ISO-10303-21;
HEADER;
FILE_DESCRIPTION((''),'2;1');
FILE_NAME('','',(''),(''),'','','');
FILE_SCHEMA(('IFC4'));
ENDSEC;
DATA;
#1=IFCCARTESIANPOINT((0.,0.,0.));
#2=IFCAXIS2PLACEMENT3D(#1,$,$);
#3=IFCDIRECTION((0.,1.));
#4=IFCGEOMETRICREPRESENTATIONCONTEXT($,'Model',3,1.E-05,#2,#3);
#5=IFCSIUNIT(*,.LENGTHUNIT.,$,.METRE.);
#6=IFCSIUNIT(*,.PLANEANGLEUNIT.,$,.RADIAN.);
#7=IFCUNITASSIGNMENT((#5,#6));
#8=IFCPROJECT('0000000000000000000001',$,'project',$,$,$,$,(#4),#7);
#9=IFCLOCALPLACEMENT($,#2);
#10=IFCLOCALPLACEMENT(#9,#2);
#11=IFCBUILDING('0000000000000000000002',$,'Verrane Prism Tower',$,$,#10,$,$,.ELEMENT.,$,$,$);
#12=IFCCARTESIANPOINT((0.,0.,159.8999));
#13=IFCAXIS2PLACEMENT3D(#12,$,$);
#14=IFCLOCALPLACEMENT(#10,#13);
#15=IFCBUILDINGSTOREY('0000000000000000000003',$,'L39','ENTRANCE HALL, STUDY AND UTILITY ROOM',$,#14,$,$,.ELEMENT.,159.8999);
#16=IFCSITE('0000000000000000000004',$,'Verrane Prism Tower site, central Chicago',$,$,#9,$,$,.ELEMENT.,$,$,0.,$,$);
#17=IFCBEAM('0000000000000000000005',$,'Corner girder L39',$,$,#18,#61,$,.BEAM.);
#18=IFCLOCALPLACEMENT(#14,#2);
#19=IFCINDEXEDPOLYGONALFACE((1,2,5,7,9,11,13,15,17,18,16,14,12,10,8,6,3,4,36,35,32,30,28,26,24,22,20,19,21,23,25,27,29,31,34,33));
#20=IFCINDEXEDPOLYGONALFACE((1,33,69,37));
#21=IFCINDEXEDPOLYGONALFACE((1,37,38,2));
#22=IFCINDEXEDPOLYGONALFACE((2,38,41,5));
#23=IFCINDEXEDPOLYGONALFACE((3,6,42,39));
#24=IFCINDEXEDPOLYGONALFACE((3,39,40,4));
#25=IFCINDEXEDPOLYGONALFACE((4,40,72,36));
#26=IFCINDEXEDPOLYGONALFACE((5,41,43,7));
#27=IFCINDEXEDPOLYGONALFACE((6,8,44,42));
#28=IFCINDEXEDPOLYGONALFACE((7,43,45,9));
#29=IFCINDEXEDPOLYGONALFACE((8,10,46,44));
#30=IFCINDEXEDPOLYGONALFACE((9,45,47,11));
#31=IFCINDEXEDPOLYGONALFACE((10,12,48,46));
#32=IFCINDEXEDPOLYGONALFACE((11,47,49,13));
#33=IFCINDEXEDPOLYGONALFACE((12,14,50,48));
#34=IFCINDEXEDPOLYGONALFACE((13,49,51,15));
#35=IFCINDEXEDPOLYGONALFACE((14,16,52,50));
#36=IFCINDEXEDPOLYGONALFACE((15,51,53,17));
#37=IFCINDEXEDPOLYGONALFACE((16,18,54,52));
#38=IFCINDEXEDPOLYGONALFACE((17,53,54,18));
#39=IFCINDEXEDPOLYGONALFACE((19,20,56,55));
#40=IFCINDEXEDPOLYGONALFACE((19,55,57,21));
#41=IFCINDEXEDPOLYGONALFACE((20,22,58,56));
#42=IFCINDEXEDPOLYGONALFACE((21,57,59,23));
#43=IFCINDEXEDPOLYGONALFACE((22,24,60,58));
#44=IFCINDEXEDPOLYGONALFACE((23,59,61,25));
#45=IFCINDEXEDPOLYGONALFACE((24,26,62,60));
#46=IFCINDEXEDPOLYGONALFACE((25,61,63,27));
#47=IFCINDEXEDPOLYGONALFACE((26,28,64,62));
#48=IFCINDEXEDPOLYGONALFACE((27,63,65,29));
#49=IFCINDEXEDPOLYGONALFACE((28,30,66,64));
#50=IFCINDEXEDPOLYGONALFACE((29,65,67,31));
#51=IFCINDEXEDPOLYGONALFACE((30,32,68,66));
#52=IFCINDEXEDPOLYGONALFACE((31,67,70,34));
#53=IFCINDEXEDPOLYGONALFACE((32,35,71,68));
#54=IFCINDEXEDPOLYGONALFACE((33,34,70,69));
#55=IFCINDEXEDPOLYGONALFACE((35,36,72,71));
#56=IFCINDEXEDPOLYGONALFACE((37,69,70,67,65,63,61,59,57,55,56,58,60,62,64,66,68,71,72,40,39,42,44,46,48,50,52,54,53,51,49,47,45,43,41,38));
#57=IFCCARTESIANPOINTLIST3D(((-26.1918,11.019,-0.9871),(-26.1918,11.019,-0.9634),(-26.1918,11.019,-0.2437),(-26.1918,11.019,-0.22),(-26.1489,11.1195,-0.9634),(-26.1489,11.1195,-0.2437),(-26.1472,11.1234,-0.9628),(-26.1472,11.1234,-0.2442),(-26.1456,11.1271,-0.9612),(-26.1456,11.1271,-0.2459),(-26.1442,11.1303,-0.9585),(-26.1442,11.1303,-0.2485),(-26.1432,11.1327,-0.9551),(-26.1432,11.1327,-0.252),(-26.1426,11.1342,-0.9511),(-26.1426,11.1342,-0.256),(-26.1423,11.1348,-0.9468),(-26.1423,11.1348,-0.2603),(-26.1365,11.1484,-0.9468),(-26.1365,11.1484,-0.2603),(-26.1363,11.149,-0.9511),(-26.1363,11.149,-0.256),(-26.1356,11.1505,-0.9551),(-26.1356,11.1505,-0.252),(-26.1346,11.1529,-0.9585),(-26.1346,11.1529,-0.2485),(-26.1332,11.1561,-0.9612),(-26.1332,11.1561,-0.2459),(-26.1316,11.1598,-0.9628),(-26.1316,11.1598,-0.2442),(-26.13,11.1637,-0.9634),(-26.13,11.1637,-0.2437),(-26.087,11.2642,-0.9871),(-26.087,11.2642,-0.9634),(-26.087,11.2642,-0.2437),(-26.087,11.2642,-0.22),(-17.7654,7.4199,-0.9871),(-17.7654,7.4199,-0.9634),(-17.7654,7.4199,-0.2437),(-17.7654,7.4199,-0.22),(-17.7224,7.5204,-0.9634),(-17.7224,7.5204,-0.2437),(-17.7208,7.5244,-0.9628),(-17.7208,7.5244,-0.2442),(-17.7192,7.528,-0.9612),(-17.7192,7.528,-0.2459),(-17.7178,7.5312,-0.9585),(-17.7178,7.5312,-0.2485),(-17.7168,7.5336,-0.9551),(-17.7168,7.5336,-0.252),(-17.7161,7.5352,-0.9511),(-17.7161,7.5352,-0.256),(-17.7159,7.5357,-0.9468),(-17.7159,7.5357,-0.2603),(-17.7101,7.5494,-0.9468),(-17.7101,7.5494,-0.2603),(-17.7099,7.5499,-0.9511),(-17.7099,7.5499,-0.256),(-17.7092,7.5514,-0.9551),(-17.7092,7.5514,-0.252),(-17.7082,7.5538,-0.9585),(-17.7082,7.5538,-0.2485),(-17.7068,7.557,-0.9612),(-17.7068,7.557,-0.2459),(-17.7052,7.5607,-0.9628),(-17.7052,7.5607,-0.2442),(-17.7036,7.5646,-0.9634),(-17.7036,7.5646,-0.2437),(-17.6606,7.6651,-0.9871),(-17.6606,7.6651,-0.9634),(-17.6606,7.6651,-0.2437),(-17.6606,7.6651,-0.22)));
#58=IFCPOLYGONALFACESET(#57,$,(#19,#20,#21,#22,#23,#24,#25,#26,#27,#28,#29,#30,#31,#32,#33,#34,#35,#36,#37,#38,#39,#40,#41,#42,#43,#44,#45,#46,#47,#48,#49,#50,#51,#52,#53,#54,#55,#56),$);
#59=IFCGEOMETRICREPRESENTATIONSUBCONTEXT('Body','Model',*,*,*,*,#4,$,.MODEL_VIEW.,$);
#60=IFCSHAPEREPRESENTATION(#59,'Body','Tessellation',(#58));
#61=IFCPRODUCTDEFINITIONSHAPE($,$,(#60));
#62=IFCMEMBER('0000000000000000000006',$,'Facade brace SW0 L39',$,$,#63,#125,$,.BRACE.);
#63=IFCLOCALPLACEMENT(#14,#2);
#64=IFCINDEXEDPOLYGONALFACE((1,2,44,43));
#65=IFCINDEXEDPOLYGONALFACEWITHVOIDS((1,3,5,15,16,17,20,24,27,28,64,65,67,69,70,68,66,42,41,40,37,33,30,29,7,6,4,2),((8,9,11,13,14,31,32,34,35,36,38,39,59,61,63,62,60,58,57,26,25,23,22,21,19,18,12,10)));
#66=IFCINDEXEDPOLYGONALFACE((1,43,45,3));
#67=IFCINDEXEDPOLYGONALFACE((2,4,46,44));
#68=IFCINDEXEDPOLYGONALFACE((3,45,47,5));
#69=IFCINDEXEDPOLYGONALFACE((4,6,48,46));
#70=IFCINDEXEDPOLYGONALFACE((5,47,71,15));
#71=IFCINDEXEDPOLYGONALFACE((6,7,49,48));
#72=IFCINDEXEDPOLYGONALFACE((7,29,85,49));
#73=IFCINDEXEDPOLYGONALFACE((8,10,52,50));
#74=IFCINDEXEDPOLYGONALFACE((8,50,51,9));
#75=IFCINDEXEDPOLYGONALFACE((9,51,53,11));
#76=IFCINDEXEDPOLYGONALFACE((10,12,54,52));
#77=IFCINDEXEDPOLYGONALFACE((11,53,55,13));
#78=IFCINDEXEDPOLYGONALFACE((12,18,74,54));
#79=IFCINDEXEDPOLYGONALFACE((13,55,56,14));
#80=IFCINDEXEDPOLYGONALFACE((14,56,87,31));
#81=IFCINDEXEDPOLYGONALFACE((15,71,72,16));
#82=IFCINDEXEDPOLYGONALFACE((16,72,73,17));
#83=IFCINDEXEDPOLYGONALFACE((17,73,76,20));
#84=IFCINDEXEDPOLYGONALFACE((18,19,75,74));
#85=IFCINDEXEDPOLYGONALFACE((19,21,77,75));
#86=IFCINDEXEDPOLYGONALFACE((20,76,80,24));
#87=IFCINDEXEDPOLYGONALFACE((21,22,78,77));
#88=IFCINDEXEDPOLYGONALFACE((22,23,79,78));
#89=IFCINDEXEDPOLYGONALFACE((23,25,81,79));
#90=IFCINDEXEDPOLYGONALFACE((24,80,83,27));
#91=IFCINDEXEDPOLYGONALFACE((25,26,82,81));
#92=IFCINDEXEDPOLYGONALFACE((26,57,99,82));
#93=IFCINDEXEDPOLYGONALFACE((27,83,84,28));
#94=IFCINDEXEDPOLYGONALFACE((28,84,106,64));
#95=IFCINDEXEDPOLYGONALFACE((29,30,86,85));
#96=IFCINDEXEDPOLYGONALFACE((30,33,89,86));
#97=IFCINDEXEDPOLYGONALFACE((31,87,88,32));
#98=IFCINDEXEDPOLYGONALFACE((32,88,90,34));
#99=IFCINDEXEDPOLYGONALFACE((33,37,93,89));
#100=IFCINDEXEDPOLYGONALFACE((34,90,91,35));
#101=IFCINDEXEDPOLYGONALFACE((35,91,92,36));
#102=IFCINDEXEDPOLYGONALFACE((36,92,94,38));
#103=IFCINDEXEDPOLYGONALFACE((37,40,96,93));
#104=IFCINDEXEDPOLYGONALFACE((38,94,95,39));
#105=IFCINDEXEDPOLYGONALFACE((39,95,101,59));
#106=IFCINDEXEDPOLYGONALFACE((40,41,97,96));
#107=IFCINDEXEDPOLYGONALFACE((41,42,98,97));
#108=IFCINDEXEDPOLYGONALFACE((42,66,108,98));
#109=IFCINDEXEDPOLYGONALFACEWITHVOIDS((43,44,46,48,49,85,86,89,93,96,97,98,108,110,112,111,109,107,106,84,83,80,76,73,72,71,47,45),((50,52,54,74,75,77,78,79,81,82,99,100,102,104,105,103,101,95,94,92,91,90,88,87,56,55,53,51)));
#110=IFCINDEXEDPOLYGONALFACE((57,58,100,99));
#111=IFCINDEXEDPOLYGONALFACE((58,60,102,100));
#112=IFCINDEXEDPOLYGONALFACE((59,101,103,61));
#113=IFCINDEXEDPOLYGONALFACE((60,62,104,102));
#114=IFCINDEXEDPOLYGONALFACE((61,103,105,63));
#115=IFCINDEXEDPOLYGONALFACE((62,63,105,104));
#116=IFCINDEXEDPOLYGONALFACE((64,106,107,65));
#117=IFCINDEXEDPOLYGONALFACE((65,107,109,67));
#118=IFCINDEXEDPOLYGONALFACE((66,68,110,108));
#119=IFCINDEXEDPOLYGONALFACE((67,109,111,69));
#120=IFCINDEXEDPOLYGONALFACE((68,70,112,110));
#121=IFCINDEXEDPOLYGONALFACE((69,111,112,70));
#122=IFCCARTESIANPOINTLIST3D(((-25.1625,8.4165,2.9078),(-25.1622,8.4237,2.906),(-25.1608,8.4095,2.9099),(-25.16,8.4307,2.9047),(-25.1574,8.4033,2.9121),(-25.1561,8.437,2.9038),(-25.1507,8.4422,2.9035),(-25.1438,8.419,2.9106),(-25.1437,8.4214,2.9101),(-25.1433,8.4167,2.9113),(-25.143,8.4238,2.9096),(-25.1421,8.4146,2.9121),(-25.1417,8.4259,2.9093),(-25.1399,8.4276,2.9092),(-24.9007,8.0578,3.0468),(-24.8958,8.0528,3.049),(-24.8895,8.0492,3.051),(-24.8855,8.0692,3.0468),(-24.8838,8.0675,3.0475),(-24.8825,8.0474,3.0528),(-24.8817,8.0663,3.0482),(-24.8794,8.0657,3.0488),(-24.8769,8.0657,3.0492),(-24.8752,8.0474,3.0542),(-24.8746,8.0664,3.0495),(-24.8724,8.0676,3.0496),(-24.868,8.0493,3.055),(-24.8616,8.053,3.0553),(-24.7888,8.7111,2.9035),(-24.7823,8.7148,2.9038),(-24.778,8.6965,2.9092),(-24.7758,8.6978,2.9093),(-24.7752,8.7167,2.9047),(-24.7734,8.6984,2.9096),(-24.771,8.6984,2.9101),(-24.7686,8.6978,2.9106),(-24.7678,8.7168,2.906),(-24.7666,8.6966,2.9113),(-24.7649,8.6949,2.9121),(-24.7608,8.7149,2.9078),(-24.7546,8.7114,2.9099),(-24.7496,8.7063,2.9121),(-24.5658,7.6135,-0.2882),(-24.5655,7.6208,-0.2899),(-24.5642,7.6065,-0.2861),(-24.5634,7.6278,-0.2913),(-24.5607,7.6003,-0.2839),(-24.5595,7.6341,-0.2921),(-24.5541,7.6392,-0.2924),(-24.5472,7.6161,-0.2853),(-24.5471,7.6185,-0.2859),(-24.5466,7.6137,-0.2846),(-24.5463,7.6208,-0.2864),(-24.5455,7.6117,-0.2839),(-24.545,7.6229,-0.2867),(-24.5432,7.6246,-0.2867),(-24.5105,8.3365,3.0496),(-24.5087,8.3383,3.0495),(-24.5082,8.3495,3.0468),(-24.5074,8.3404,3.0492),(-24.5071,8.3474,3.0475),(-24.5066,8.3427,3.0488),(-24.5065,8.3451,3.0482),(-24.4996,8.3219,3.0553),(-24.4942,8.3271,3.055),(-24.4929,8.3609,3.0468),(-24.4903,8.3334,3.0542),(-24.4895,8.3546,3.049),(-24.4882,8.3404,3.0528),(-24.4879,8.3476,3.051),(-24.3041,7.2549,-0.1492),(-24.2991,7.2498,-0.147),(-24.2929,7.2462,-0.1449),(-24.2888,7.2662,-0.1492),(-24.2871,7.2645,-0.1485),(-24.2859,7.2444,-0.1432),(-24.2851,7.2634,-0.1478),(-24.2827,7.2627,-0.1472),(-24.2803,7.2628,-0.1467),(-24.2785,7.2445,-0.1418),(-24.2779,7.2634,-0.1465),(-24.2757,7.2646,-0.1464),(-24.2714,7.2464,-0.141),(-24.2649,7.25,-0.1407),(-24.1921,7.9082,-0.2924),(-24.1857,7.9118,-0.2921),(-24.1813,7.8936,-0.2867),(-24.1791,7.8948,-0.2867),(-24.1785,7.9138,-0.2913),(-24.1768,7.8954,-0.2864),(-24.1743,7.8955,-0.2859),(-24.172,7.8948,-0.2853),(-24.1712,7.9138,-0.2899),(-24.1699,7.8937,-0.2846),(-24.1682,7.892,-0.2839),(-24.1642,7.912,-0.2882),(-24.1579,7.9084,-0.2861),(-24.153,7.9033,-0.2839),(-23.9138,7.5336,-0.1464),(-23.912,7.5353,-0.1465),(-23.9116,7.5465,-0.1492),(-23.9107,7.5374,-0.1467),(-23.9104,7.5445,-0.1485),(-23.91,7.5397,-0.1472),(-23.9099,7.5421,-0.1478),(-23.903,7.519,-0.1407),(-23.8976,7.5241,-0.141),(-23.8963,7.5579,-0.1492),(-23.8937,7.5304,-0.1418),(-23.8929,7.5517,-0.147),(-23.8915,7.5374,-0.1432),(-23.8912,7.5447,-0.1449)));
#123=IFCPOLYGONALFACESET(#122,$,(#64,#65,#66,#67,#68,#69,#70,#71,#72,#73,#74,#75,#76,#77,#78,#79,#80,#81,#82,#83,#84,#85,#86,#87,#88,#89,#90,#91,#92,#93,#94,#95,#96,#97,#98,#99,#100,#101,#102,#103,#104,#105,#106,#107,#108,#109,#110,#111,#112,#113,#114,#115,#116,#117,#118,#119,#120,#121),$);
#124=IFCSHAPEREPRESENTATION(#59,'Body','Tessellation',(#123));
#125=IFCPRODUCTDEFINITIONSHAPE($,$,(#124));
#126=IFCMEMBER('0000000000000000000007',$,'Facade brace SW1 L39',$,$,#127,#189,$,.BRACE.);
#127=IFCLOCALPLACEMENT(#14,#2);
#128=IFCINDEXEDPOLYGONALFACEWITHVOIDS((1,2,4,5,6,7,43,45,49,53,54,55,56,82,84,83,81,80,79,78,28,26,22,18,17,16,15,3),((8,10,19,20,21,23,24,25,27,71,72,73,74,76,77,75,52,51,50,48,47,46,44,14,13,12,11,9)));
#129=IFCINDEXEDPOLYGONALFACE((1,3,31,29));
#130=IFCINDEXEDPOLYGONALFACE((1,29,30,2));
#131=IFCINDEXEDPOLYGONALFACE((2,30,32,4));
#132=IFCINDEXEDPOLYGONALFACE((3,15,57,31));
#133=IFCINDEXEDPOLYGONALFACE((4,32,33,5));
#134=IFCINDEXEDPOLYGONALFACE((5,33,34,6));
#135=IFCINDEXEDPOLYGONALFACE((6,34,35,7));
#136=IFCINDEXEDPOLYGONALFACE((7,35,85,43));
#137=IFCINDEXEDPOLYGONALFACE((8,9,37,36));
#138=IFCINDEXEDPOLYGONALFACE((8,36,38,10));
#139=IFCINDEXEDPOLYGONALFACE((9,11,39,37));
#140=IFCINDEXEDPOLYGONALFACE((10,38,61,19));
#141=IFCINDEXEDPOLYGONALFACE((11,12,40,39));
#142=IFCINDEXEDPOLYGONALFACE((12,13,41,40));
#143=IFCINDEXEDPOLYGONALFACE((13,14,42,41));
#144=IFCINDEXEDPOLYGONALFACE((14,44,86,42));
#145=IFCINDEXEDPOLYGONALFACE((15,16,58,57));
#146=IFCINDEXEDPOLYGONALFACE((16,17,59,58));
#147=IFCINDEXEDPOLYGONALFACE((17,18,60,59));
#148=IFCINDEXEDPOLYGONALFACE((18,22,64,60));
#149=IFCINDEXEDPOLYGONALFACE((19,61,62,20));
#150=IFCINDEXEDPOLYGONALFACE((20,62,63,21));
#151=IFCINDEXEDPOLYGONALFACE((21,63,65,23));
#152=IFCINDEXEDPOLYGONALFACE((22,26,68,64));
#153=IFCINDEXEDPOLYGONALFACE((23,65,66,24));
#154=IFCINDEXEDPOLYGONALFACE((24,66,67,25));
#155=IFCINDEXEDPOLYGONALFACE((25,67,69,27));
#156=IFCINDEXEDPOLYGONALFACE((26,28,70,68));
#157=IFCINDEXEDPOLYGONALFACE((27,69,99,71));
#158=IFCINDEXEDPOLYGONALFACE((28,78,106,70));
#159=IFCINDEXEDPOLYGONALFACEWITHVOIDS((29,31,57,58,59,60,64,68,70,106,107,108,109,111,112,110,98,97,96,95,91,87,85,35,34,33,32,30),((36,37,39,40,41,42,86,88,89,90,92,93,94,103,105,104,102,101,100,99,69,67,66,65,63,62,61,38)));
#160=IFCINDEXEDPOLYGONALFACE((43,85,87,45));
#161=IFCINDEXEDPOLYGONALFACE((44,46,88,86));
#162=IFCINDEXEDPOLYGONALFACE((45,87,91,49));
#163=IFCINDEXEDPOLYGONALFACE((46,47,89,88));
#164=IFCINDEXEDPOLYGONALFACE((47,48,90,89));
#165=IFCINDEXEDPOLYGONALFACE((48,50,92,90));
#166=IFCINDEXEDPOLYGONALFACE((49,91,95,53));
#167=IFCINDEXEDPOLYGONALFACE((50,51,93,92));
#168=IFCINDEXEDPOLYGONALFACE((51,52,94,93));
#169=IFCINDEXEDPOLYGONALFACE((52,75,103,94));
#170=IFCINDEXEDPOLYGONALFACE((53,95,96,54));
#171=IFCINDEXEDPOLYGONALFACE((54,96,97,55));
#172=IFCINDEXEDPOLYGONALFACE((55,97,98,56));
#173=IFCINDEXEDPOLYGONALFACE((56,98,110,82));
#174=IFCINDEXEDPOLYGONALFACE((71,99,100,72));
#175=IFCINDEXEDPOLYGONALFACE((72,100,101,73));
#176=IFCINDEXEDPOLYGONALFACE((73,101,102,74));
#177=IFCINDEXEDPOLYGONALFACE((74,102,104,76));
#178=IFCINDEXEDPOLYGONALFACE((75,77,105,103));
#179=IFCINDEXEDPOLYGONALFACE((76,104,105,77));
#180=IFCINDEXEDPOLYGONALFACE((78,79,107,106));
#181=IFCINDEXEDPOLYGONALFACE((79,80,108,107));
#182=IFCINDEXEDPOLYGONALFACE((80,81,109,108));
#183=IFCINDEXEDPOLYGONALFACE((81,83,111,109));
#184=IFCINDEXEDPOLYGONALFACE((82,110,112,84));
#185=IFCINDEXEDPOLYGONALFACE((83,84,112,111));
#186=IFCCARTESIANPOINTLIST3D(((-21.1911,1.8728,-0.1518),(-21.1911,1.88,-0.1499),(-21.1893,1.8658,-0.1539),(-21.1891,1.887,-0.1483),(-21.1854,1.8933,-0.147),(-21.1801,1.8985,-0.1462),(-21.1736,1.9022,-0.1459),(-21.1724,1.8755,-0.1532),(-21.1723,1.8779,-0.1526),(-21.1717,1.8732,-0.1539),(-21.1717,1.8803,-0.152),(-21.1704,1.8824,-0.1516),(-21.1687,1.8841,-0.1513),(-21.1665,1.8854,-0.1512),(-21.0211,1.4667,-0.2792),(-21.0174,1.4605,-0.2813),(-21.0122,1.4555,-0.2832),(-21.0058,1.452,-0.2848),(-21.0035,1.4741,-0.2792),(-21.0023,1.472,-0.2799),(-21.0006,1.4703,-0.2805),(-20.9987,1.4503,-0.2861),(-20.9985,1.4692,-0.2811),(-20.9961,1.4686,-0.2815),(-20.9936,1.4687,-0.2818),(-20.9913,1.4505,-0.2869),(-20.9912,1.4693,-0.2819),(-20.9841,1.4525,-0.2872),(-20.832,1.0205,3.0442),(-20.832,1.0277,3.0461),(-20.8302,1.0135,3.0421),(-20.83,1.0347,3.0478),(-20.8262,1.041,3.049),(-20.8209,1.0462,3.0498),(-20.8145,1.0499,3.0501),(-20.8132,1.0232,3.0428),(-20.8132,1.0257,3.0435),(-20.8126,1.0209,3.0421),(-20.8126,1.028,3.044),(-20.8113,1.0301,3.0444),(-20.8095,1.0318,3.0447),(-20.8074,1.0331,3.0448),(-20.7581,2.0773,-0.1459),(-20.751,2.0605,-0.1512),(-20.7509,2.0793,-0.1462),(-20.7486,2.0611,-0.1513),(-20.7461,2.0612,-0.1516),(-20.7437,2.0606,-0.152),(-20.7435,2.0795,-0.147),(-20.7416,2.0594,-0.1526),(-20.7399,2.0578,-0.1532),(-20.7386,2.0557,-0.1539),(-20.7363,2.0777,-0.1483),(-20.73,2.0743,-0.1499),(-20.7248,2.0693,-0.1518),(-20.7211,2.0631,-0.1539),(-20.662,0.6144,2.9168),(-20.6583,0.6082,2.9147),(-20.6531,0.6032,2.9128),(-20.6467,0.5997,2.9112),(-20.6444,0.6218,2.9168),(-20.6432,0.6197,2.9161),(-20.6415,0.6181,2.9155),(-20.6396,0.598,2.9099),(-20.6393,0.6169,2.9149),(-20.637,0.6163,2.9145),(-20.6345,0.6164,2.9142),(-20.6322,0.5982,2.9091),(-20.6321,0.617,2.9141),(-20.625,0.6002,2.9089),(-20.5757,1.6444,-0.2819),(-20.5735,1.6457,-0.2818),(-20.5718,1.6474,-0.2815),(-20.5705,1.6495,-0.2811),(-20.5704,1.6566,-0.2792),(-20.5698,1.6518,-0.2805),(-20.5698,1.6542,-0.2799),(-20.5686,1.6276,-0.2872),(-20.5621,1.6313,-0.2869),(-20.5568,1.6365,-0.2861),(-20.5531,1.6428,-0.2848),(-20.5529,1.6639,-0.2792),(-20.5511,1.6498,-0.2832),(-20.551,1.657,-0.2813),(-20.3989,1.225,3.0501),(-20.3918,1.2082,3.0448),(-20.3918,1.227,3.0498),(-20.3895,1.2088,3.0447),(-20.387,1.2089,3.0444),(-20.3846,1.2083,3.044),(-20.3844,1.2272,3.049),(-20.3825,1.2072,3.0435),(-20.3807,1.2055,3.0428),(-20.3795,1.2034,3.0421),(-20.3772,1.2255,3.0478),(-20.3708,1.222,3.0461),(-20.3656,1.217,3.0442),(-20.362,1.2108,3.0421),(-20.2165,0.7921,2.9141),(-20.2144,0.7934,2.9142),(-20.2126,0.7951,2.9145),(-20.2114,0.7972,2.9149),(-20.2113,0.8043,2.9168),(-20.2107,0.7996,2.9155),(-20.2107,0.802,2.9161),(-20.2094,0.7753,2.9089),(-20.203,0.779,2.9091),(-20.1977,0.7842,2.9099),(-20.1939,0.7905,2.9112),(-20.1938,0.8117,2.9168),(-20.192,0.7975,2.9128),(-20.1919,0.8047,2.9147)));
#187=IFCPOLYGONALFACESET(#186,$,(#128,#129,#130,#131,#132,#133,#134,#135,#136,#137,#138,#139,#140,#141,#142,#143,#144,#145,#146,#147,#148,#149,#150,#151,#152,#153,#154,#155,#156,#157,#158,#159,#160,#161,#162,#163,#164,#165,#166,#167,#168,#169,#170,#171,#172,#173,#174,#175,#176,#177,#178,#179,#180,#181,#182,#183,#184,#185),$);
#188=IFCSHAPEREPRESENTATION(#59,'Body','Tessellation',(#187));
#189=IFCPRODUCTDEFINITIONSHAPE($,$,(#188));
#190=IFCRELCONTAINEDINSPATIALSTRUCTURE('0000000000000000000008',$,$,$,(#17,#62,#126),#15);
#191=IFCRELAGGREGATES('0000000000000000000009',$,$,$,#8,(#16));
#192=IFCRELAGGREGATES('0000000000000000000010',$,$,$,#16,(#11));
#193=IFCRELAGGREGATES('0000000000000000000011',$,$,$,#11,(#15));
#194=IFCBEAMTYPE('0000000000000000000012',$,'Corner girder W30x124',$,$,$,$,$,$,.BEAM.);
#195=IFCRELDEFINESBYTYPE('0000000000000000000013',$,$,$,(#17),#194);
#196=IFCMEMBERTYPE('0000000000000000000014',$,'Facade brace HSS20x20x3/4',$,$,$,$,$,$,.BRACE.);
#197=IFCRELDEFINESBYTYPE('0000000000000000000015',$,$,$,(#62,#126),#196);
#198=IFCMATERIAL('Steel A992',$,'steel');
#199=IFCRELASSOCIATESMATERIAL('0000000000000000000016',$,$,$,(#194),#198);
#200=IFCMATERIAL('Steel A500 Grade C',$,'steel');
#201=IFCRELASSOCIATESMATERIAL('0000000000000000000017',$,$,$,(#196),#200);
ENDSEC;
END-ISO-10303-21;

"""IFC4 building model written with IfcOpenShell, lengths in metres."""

from ifc_helpers import new_model, si_unit, direction, frame, origin, origin_2d, place, context, subcontext, project, spatial, hollow_rectangle, i_section, extrude, material, material_profile, profile_set, type_object, element, save


model = new_model("IFC4")

# Units and contexts
model_context = context("Model", 3, precision=1e-05, world=origin(), true_north=direction((0.0, 1.0)))
body_context = subcontext(model_context, "Body", "Model", "MODEL_VIEW")
ifc_project = project(units=[si_unit("LENGTHUNIT", "METRE"), si_unit("PLANEANGLEUNIT", "RADIAN")], contexts=[model_context])

# Site, building, storey
site_placement = place(None, origin())
site = spatial("IfcSite", under=ifc_project, at=site_placement, Name="Verrane Prism Tower site, central Chicago", CompositionType="ELEMENT", RefElevation=0.0)
building_placement = place(site_placement, origin())
building = spatial("IfcBuilding", under=site, at=building_placement, Name="Verrane Prism Tower", CompositionType="ELEMENT")
storey_placement = place(building_placement, frame((0.0, 0.0, 159.8999)))
storey = spatial("IfcBuildingStorey", under=building, at=storey_placement, Name="L39", Description="ENTRANCE HALL, STUDY AND UTILITY ROOM", CompositionType="ELEMENT", Elevation=159.8999)

# Beam
ifc_material_1 = material(Name="Steel A992", Category="steel")
ifc_material_profile_1 = material_profile(ifc_material_1, i_section(OverallWidth=0.2666, OverallDepth=0.7671, WebThickness=0.0149, FlangeThickness=0.0237, FilletRadius=0.0166, at=origin_2d()), Name="W30x124")
ifc_profile_set_1 = profile_set([ifc_material_profile_1], Name="Steel A992")
beam_type_1 = type_object("IfcBeamType", Name="Corner girder W30x124", PredefinedType="BEAM", material=ifc_profile_set_1)
beam_1_placement = place(storey_placement, frame((-26.1394, 11.1416, -0.6035), z_axis=(0.919628, -0.39279, 0.0), x_axis=(0.39279, 0.919628, 0.0)))
element("IfcBeam", 1, at=beam_1_placement, inside=storey, type_object=beam_type_1, Name="Corner girder L39", PredefinedType="BEAM", context=body_context, shape_type="SweptSolid", body=[
    extrude(i_section(OverallWidth=0.2666, OverallDepth=0.7671, WebThickness=0.0149, FlangeThickness=0.0237, FilletRadius=0.0166, at=origin_2d()), origin(), (0.0, 0.0, 1.0), 9.1628),
])

# Members
ifc_material_2 = material(Name="Steel A500 Grade C", Category="steel")
ifc_material_profile_2 = material_profile(ifc_material_2, hollow_rectangle(XDim=0.5081, YDim=0.5081, WallThickness=0.019, InnerFilletRadius=0.0095, OuterFilletRadius=0.0286, at=origin_2d()), Name="HSS20x20x3/4")
ifc_profile_set_2 = profile_set([ifc_material_profile_2], Name="Steel A500 Grade C")
member_type_1 = type_object("IfcMemberType", Name="Facade brace HSS20x20x3/4", PredefinedType="BRACE", material=ifc_profile_set_2)
member_1_placement = place(storey_placement, frame((-24.2285, 7.5791, -0.2166), z_axis=(-0.178169, 0.23977, 0.954341), x_axis=(-0.802657, -0.596441, 0.0)))
element("IfcMember", 2, at=member_1_placement, inside=storey, type_object=member_type_1, Name="Facade brace SW0 L39", PredefinedType="BRACE", context=body_context, shape_type="SweptSolid", body=[
    extrude(hollow_rectangle(XDim=0.5081, YDim=0.5081, WallThickness=0.019, InnerFilletRadius=0.0095, OuterFilletRadius=0.0286, at=origin_2d()), origin(), (0.0, 0.0, 1.0), 3.3489),
])
member_2_placement = place(storey_placement, frame((-20.8711, 1.7649, -0.2166), z_axis=(0.107939, -0.256162, 0.960589), x_axis=(0.921531, 0.388305, 0.0)))
element("IfcMember", 3, at=member_2_placement, inside=storey, type_object=member_type_1, Name="Facade brace SW1 L39", PredefinedType="BRACE", context=body_context, shape_type="SweptSolid", body=[
    extrude(hollow_rectangle(XDim=0.5081, YDim=0.5081, WallThickness=0.019, InnerFilletRadius=0.0095, OuterFilletRadius=0.0286, at=origin_2d()), origin(), (0.0, 0.0, 1.0), 3.3271),
])

save(model, "model.ifc")
